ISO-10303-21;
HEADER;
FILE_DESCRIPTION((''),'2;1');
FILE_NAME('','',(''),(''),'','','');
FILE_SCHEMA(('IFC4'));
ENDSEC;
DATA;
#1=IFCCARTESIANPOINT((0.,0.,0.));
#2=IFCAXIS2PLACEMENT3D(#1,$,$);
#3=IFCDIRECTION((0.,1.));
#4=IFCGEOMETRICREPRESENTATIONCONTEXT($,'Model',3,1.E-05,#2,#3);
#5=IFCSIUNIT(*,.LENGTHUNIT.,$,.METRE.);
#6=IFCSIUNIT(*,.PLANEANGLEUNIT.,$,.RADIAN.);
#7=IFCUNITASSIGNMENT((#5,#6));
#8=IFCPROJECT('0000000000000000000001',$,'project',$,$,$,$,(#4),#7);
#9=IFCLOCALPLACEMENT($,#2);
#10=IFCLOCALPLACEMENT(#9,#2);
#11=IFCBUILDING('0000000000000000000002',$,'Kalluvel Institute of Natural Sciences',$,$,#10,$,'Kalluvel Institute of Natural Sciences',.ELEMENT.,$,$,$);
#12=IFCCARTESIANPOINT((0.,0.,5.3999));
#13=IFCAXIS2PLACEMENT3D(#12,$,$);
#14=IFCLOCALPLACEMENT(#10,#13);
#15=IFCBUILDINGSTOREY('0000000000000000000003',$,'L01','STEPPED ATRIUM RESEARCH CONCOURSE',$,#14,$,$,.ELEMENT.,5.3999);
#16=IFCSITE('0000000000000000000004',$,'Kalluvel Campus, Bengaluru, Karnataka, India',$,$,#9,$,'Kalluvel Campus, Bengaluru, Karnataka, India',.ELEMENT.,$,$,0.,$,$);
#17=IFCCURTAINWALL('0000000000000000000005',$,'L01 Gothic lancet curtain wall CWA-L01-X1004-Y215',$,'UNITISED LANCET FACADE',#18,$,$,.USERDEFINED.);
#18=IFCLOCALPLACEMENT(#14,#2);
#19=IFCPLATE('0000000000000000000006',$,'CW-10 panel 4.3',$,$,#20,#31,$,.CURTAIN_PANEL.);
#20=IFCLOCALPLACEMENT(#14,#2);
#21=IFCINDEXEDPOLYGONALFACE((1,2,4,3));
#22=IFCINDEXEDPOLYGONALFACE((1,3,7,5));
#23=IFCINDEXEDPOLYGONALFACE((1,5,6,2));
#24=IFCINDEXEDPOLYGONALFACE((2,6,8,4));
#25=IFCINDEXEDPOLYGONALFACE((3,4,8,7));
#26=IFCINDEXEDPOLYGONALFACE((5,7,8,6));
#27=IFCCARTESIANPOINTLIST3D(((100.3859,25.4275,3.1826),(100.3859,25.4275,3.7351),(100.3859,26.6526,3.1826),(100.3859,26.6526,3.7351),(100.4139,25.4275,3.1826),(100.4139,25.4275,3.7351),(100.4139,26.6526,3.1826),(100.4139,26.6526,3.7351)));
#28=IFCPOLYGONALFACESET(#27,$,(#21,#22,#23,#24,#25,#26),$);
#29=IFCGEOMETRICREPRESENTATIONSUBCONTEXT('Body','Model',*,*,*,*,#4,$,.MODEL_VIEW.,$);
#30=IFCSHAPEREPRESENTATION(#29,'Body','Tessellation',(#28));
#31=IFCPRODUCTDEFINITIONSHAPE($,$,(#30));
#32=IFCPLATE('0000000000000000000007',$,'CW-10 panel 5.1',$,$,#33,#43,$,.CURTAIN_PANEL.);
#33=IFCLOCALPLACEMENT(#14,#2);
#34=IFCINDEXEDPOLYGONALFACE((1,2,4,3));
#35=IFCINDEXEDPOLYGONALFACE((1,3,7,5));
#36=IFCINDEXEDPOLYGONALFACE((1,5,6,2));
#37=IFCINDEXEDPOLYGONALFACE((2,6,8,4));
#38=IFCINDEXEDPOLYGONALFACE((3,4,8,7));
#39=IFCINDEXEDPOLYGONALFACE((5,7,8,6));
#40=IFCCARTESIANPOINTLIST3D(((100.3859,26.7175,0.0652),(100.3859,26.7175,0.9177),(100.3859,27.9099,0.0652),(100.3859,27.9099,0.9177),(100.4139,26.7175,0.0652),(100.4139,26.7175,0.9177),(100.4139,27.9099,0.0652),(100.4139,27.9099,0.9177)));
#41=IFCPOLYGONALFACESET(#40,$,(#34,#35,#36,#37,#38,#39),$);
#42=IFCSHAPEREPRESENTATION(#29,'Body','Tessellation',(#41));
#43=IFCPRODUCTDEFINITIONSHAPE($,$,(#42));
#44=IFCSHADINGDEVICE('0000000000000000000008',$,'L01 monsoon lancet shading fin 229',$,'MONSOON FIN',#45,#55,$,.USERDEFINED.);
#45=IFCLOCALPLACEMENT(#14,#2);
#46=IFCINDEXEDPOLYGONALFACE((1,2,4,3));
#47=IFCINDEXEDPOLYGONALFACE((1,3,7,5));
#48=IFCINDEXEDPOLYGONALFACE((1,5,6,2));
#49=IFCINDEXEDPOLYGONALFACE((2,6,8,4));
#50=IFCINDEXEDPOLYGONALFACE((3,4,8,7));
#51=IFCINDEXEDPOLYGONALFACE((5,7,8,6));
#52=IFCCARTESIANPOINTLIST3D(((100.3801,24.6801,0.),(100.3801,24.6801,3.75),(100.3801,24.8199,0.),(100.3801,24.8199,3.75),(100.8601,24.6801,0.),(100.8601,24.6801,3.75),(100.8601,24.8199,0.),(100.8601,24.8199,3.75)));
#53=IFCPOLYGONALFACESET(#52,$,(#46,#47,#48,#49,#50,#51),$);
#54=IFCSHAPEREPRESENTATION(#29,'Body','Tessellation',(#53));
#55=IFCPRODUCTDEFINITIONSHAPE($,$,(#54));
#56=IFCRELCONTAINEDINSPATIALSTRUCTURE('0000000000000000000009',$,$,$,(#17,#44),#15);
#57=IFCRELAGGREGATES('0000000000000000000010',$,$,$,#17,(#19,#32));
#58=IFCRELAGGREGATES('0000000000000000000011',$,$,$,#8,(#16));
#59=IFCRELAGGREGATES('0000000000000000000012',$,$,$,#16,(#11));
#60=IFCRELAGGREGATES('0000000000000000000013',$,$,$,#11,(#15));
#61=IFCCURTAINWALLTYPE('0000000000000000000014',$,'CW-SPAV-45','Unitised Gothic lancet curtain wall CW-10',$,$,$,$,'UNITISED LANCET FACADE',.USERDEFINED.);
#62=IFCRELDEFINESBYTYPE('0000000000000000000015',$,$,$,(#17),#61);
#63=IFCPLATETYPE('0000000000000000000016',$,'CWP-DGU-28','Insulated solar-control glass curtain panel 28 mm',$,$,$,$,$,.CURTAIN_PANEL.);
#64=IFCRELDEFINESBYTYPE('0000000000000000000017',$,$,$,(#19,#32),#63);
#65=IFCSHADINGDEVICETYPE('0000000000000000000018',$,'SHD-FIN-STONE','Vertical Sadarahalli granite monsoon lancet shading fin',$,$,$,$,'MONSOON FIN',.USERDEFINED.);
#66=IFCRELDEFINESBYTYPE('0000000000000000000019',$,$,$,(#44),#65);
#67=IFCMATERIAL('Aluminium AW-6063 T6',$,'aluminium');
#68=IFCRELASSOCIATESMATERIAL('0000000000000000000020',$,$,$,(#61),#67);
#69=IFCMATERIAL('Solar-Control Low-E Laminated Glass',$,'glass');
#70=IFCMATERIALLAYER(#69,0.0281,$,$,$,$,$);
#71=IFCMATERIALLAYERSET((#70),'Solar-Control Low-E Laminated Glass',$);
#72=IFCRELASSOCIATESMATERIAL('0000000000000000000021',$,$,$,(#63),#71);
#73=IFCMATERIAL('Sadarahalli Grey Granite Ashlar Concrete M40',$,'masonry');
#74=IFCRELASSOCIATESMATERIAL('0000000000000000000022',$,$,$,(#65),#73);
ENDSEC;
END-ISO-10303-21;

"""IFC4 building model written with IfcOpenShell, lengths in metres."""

from ifc_helpers import new_model, si_unit, direction, frame, origin, origin_2d, place, context, subcontext, project, spatial, rectangle, extrude, material, layer, layer_set, type_object, element, aggregate, save


model = new_model("IFC4")

# Units and contexts
model_context = context("Model", 3, precision=1e-05, world=origin(), true_north=direction((0.0, 1.0)))
body_context = subcontext(model_context, "Body", "Model", "MODEL_VIEW")
ifc_project = project(units=[si_unit("LENGTHUNIT", "METRE"), si_unit("PLANEANGLEUNIT", "RADIAN")], contexts=[model_context])

# Site, building, storey
site_placement = place(None, origin())
site = spatial("IfcSite", under=ifc_project, at=site_placement, Name="Kalluvel Campus, Bengaluru, Karnataka, India", LongName="Kalluvel Campus, Bengaluru, Karnataka, India", CompositionType="ELEMENT", RefElevation=0.0)
building_placement = place(site_placement, origin())
building = spatial("IfcBuilding", under=site, at=building_placement, Name="Kalluvel Institute of Natural Sciences", LongName="Kalluvel Institute of Natural Sciences", CompositionType="ELEMENT")
storey_placement = place(building_placement, frame((0.0, 0.0, 5.3999)))
storey = spatial("IfcBuildingStorey", under=building, at=storey_placement, Name="L01", Description="STEPPED ATRIUM RESEARCH CONCOURSE", CompositionType="ELEMENT", Elevation=5.3999)

# Curtain wall, plates
ifc_material_1 = material(Name="Aluminium AW-6063 T6", Category="aluminium")
curtain_wall_type = type_object("IfcCurtainWallType", Name="CW-SPAV-45", Description="Unitised Gothic lancet curtain wall CW-10", ElementType="UNITISED LANCET FACADE", PredefinedType="USERDEFINED", material=ifc_material_1)
curtain_wall_placement = place(storey_placement, origin())
curtain_wall = element("IfcCurtainWall", 1, at=curtain_wall_placement, inside=storey, type_object=curtain_wall_type, Name="L01 Gothic lancet curtain wall CWA-L01-X1004-Y215", ObjectType="UNITISED LANCET FACADE", PredefinedType="USERDEFINED")
ifc_material_2 = material(Name="Solar-Control Low-E Laminated Glass", Category="glass")
ifc_layer = layer(ifc_material_2, 0.0281)
ifc_layer_set = layer_set([ifc_layer], Name="Solar-Control Low-E Laminated Glass")
plate_type = type_object("IfcPlateType", Name="CWP-DGU-28", Description="Insulated solar-control glass curtain panel 28 mm", PredefinedType="CURTAIN_PANEL", material=ifc_layer_set)
plate_1_placement = place(storey_placement, frame((100.3999, 26.04, 3.1826), z_axis=(0.0, 0.0, 1.0), x_axis=(0.0, 1.0, 0.0)))
plate_1 = element("IfcPlate", 2, at=plate_1_placement, type_object=plate_type, Name="CW-10 panel 4.3", PredefinedType="CURTAIN_PANEL", context=body_context, shape_type="SweptSolid", body=[
    extrude(rectangle(XDim=1.2251, YDim=0.0281, at=origin_2d()), origin(), (0.0, 0.0, 1.0), 0.5525),
])
plate_2_placement = place(storey_placement, frame((100.3999, 27.3137, 0.0652), z_axis=(0.0, 0.0, 1.0), x_axis=(0.0, 1.0, 0.0)))
plate_2 = element("IfcPlate", 3, at=plate_2_placement, type_object=plate_type, Name="CW-10 panel 5.1", PredefinedType="CURTAIN_PANEL", context=body_context, shape_type="SweptSolid", body=[
    extrude(rectangle(XDim=1.1924, YDim=0.0281, at=origin_2d()), origin(), (0.0, 0.0, 1.0), 0.8525),
])
aggregate(curtain_wall, [plate_1, plate_2])

# Shading device
ifc_material_3 = material(Name="Sadarahalli Grey Granite Ashlar Concrete M40", Category="masonry")
shading_device_type = type_object("IfcShadingDeviceType", Name="SHD-FIN-STONE", Description="Vertical Sadarahalli granite monsoon lancet shading fin", ElementType="MONSOON FIN", PredefinedType="USERDEFINED", material=ifc_material_3)
shading_device_placement = place(storey_placement, frame((100.6201, 24.75, 0.0), z_axis=(0.0, 0.0, 1.0), x_axis=(0.0, 1.0, 0.0)))
element("IfcShadingDevice", 4, at=shading_device_placement, inside=storey, type_object=shading_device_type, Name="L01 monsoon lancet shading fin 229", ObjectType="MONSOON FIN", PredefinedType="USERDEFINED", context=body_context, shape_type="SweptSolid", body=[
    extrude(rectangle(XDim=0.1399, YDim=0.48, at=origin_2d()), origin(), (0.0, 0.0, 1.0), 3.75),
])

save(model, "model.ifc")
